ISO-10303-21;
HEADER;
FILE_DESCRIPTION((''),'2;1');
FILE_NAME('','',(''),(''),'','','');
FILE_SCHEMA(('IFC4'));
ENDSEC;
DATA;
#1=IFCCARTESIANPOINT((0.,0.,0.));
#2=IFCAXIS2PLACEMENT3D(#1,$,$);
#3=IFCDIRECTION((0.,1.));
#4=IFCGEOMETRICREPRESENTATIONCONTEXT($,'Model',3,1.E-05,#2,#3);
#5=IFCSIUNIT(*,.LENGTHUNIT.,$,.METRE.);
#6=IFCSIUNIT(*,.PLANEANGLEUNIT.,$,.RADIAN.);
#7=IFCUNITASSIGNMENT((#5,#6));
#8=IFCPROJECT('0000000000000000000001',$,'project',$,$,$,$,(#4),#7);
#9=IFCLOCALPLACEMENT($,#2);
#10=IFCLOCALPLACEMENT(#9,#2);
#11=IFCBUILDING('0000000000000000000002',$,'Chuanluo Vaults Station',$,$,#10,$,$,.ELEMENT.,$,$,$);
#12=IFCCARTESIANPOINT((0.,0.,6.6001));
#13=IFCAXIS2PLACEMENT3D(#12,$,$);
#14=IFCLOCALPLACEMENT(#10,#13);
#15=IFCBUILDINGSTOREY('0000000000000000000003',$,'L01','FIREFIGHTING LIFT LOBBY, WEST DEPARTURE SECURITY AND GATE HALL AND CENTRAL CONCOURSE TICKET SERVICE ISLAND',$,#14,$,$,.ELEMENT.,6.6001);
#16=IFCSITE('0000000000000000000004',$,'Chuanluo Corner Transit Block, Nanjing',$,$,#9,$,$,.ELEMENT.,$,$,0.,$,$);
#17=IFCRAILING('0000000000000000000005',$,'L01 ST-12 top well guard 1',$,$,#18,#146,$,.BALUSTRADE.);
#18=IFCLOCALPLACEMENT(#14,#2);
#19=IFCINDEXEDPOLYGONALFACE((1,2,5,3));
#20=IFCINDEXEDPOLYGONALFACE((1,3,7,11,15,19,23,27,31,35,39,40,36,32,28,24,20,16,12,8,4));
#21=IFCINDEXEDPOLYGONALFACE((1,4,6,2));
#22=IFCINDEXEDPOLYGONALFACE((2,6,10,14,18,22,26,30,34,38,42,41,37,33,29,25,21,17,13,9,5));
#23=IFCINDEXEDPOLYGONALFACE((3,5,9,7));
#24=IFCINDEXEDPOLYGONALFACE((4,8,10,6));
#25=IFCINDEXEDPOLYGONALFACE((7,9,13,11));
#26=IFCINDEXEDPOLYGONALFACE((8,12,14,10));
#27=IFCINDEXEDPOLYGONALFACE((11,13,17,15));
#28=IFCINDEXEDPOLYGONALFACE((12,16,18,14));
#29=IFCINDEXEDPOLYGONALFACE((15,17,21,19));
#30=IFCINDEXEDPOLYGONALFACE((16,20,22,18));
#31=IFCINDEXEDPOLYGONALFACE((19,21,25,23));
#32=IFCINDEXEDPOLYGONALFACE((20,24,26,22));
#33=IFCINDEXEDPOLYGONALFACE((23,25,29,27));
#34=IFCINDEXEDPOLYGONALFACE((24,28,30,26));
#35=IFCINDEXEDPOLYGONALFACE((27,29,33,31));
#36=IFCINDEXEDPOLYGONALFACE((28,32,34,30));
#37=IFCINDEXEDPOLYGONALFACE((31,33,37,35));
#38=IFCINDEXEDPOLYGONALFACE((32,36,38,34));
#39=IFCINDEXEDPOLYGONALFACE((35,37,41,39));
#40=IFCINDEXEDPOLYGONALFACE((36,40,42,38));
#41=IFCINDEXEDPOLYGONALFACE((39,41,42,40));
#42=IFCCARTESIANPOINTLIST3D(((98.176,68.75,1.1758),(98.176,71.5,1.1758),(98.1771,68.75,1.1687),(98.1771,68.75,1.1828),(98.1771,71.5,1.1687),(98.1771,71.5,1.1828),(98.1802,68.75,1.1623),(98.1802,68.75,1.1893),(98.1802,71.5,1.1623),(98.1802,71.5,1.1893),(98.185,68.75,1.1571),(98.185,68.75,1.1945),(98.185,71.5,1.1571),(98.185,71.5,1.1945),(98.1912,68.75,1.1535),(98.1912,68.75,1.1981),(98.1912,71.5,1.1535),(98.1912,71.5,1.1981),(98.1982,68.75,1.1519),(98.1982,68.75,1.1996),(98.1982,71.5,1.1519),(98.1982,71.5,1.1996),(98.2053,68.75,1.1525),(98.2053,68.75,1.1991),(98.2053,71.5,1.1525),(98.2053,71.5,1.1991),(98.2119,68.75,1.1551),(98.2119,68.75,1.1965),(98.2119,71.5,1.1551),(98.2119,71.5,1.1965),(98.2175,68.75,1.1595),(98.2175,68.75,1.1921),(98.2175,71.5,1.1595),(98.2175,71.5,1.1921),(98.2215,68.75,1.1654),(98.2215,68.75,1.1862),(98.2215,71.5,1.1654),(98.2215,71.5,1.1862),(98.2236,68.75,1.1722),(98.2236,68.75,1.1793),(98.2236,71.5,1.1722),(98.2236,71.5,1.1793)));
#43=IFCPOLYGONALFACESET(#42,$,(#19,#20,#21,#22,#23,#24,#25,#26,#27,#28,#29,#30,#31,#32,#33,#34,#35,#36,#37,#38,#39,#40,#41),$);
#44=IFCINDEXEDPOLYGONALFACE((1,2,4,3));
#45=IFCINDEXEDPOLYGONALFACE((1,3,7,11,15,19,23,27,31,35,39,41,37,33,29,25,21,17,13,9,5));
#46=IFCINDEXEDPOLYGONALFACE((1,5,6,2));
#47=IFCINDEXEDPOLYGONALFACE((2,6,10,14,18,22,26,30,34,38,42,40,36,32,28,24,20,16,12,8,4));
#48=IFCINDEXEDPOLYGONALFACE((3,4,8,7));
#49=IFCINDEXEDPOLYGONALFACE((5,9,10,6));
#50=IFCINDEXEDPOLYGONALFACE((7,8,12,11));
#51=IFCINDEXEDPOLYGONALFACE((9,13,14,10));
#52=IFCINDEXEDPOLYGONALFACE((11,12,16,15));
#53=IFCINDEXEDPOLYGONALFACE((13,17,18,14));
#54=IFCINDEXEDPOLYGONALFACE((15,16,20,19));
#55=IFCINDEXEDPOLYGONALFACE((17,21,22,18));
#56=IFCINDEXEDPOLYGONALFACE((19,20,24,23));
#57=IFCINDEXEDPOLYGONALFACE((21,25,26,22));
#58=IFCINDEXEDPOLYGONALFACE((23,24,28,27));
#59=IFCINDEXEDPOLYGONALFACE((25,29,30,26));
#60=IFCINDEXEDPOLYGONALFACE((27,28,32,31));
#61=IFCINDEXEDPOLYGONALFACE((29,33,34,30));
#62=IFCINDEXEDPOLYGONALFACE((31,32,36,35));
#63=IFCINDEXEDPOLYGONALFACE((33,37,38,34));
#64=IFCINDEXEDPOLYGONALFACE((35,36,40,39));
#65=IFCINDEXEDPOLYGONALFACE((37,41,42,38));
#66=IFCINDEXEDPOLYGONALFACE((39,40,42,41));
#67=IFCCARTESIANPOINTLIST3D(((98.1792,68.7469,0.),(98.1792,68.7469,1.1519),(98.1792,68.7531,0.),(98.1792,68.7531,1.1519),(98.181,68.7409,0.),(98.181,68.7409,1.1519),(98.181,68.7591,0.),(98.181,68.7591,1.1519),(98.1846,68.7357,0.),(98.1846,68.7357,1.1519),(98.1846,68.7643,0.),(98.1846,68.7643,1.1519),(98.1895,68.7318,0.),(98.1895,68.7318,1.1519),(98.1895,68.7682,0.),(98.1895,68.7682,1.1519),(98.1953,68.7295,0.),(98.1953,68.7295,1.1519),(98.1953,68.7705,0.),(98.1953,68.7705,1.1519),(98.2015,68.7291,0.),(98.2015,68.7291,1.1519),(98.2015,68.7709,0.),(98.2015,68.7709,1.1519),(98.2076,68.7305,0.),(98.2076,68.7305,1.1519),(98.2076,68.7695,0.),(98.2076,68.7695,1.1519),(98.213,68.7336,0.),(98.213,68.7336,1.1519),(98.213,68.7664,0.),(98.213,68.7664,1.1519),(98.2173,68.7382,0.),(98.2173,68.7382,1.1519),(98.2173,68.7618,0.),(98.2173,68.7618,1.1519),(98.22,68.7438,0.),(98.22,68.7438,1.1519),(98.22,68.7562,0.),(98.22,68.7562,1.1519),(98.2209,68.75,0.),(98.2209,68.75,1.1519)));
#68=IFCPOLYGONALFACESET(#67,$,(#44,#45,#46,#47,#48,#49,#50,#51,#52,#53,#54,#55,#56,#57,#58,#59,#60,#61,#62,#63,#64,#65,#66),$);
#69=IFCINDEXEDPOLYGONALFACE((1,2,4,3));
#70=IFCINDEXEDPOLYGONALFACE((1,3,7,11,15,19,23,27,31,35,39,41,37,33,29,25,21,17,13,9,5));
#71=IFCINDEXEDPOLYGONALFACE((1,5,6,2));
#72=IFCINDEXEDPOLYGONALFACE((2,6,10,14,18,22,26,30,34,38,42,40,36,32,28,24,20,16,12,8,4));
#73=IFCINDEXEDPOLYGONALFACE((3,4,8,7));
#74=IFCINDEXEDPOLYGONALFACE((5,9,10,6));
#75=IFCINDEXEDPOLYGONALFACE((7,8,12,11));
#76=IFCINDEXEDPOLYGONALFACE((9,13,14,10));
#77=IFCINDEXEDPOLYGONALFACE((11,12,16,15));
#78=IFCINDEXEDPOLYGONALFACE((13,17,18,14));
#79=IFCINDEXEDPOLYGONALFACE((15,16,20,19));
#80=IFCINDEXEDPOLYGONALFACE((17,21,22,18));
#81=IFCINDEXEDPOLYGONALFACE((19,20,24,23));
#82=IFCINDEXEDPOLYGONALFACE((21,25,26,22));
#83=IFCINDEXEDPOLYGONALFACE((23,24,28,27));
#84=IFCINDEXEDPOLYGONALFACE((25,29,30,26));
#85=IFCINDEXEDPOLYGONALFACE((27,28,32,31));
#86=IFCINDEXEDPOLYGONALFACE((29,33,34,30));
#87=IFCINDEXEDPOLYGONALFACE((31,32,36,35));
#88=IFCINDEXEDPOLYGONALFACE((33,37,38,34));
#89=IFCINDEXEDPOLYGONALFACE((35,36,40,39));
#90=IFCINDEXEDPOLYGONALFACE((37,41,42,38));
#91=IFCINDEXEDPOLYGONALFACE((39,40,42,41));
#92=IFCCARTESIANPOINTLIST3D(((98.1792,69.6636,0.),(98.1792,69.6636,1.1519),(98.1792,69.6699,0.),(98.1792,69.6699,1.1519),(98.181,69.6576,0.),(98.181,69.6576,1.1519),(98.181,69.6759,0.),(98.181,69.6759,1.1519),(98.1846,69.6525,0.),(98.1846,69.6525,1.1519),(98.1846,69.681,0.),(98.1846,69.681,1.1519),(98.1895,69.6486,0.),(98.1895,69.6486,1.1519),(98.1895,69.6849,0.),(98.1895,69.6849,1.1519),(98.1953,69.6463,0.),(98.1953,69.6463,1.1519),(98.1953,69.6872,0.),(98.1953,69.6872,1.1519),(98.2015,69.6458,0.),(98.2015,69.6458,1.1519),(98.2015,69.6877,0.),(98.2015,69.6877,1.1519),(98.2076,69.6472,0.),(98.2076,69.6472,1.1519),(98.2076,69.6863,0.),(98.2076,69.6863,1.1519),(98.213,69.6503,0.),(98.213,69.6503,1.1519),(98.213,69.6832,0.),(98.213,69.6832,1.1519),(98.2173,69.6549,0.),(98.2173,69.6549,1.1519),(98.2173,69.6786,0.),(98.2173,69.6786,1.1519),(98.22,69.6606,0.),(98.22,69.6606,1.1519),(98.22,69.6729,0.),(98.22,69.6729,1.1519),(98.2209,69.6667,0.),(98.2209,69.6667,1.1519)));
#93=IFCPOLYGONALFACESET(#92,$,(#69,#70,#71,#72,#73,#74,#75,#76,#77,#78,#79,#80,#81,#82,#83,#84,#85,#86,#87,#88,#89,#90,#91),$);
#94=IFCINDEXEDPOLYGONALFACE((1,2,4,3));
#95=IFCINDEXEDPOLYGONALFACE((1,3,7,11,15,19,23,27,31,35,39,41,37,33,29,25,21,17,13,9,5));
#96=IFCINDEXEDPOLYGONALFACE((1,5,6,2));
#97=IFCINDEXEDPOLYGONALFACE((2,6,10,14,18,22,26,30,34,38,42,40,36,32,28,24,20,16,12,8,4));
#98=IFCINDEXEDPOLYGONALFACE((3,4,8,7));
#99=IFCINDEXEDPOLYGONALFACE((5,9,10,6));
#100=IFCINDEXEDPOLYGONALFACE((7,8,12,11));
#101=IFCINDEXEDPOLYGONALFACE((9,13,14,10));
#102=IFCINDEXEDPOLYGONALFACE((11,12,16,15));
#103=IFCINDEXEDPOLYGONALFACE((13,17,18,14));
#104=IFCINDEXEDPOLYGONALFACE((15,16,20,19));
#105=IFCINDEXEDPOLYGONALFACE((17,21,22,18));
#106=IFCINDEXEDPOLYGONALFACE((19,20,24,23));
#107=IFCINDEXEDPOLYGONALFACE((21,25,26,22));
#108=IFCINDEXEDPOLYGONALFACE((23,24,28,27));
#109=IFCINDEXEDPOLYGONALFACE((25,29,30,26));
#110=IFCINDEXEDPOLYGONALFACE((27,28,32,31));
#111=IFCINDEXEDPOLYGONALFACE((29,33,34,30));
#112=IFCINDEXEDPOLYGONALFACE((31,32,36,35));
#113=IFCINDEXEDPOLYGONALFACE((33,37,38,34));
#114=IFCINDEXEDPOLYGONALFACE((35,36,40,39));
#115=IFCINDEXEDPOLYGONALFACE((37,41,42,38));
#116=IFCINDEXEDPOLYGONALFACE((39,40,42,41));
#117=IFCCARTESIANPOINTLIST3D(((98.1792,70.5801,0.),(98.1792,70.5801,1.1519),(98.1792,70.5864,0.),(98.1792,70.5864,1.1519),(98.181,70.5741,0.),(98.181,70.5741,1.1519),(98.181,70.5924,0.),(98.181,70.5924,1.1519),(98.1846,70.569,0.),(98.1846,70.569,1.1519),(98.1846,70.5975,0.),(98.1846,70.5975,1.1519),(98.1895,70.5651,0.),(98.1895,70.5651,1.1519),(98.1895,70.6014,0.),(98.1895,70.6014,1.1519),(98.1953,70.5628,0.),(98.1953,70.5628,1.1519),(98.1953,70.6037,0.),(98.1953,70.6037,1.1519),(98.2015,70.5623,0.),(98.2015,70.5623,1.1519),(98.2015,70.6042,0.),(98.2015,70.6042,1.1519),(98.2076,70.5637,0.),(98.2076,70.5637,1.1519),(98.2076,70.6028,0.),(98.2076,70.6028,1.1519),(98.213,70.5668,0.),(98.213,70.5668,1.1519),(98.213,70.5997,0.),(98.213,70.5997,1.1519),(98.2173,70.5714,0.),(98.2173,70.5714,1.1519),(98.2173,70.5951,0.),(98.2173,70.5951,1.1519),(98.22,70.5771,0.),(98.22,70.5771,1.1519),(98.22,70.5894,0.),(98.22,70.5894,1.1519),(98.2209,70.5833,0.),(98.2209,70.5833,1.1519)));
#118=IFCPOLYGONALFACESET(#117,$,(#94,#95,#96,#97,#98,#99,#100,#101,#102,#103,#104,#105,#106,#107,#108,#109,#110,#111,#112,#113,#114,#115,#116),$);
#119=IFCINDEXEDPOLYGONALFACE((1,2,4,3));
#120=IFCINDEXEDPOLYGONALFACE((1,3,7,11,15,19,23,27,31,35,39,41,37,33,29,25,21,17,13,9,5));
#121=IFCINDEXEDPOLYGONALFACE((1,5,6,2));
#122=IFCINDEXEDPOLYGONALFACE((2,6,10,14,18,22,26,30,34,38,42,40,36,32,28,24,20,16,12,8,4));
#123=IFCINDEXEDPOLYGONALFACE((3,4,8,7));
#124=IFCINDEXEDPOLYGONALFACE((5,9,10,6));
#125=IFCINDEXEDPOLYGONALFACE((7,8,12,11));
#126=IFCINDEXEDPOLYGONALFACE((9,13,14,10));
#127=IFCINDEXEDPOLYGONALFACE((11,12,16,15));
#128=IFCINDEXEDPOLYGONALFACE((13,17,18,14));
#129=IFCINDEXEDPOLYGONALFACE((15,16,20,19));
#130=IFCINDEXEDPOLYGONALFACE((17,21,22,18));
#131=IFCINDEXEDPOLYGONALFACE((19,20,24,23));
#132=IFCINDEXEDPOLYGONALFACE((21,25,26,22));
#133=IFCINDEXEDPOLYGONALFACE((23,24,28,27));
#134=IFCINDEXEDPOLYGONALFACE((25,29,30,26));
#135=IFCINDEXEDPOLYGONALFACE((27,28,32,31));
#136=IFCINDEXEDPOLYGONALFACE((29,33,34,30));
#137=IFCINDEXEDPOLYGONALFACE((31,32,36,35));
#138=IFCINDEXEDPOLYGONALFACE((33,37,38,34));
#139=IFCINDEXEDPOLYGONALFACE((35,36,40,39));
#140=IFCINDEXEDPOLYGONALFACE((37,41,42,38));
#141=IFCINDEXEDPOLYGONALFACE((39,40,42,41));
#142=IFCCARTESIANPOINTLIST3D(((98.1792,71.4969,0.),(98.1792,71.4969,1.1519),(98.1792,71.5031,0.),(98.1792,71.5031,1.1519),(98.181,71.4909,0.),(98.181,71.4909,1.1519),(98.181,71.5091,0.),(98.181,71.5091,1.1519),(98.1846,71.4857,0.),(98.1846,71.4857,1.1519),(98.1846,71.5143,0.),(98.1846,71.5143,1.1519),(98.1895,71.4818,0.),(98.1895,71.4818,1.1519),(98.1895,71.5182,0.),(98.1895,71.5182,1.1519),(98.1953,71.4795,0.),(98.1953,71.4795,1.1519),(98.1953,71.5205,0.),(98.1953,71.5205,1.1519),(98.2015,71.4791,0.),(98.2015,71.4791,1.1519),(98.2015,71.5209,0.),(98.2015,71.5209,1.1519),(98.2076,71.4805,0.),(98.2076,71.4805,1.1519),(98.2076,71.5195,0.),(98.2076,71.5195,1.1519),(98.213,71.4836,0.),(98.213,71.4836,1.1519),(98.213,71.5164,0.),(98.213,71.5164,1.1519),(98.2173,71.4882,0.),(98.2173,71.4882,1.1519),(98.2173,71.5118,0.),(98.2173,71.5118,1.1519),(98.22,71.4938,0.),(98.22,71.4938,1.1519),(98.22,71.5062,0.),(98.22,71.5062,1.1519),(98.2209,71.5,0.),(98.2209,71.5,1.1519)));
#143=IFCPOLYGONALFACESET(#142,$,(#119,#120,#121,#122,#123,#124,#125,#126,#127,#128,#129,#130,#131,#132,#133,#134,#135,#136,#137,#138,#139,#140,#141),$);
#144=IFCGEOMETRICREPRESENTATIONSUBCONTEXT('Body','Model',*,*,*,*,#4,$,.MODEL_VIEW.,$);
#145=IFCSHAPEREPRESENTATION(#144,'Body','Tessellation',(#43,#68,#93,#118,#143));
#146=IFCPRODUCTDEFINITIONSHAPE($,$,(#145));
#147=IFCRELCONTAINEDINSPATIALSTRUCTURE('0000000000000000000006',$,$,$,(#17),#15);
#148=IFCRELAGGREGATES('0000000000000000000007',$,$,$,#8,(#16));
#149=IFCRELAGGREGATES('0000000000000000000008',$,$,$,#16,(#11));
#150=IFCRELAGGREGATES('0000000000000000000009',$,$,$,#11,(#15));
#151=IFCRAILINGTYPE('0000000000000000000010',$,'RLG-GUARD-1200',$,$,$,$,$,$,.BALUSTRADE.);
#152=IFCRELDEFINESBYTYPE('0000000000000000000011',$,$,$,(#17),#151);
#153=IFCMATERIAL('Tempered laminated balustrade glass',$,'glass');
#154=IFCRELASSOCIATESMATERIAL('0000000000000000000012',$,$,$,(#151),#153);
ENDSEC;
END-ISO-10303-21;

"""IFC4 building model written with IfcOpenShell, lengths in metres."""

from ifc_helpers import new_model, si_unit, direction, frame, origin, origin_2d, place, context, subcontext, project, spatial, circle, extrude, material, type_object, element, save


model = new_model("IFC4")

# Units and contexts
model_context = context("Model", 3, precision=1e-05, world=origin(), true_north=direction((0.0, 1.0)))
body_context = subcontext(model_context, "Body", "Model", "MODEL_VIEW")
ifc_project = project(units=[si_unit("LENGTHUNIT", "METRE"), si_unit("PLANEANGLEUNIT", "RADIAN")], contexts=[model_context])

# Site, building, storey
site_placement = place(None, origin())
site = spatial("IfcSite", under=ifc_project, at=site_placement, Name="Chuanluo Corner Transit Block, Nanjing", CompositionType="ELEMENT", RefElevation=0.0)
building_placement = place(site_placement, origin())
building = spatial("IfcBuilding", under=site, at=building_placement, Name="Chuanluo Vaults Station", CompositionType="ELEMENT")
storey_placement = place(building_placement, frame((0.0, 0.0, 6.6001)))
storey = spatial("IfcBuildingStorey", under=building, at=storey_placement, Name="L01", Description="FIREFIGHTING LIFT LOBBY, WEST DEPARTURE SECURITY AND GATE HALL AND CENTRAL CONCOURSE TICKET SERVICE ISLAND", CompositionType="ELEMENT", Elevation=6.6001)

# Railing
ifc_material_1 = material(Name="Tempered laminated balustrade glass", Category="glass")
railing_type = type_object("IfcRailingType", Name="RLG-GUARD-1200", PredefinedType="BALUSTRADE", material=ifc_material_1)
for number, where, name in (
    (1, (98.2, 68.75, 0.0), "L01 ST-12 top well guard 1"),
):
    element("IfcRailing", number, at=place(storey_placement, frame(where)), inside=storey, type_object=railing_type, Name=name, PredefinedType="BALUSTRADE", context=body_context, shape_type="SweptSolid", body=[
        extrude(circle(Radius=0.0239, at=origin_2d()), frame((0.0, 0.0, 1.1758), z_axis=(0.0, 1.0, 0.0), x_axis=(-1.0, 0.0, 0.0)), (0.0, 0.0, 1.0), 2.75),
        extrude(circle(Radius=0.021, at=origin_2d()), origin(), (0.0, 0.0, 1.0), 1.1519),
        extrude(circle(Radius=0.021, at=origin_2d()), frame((0.0, 0.9167, 0.0)), (0.0, 0.0, 1.0), 1.1519),
        extrude(circle(Radius=0.021, at=origin_2d()), frame((0.0, 1.8333, 0.0)), (0.0, 0.0, 1.0), 1.1519),
        extrude(circle(Radius=0.021, at=origin_2d()), frame((0.0, 2.75, 0.0)), (0.0, 0.0, 1.0), 1.1519),
    ])

save(model, "model.ifc")
